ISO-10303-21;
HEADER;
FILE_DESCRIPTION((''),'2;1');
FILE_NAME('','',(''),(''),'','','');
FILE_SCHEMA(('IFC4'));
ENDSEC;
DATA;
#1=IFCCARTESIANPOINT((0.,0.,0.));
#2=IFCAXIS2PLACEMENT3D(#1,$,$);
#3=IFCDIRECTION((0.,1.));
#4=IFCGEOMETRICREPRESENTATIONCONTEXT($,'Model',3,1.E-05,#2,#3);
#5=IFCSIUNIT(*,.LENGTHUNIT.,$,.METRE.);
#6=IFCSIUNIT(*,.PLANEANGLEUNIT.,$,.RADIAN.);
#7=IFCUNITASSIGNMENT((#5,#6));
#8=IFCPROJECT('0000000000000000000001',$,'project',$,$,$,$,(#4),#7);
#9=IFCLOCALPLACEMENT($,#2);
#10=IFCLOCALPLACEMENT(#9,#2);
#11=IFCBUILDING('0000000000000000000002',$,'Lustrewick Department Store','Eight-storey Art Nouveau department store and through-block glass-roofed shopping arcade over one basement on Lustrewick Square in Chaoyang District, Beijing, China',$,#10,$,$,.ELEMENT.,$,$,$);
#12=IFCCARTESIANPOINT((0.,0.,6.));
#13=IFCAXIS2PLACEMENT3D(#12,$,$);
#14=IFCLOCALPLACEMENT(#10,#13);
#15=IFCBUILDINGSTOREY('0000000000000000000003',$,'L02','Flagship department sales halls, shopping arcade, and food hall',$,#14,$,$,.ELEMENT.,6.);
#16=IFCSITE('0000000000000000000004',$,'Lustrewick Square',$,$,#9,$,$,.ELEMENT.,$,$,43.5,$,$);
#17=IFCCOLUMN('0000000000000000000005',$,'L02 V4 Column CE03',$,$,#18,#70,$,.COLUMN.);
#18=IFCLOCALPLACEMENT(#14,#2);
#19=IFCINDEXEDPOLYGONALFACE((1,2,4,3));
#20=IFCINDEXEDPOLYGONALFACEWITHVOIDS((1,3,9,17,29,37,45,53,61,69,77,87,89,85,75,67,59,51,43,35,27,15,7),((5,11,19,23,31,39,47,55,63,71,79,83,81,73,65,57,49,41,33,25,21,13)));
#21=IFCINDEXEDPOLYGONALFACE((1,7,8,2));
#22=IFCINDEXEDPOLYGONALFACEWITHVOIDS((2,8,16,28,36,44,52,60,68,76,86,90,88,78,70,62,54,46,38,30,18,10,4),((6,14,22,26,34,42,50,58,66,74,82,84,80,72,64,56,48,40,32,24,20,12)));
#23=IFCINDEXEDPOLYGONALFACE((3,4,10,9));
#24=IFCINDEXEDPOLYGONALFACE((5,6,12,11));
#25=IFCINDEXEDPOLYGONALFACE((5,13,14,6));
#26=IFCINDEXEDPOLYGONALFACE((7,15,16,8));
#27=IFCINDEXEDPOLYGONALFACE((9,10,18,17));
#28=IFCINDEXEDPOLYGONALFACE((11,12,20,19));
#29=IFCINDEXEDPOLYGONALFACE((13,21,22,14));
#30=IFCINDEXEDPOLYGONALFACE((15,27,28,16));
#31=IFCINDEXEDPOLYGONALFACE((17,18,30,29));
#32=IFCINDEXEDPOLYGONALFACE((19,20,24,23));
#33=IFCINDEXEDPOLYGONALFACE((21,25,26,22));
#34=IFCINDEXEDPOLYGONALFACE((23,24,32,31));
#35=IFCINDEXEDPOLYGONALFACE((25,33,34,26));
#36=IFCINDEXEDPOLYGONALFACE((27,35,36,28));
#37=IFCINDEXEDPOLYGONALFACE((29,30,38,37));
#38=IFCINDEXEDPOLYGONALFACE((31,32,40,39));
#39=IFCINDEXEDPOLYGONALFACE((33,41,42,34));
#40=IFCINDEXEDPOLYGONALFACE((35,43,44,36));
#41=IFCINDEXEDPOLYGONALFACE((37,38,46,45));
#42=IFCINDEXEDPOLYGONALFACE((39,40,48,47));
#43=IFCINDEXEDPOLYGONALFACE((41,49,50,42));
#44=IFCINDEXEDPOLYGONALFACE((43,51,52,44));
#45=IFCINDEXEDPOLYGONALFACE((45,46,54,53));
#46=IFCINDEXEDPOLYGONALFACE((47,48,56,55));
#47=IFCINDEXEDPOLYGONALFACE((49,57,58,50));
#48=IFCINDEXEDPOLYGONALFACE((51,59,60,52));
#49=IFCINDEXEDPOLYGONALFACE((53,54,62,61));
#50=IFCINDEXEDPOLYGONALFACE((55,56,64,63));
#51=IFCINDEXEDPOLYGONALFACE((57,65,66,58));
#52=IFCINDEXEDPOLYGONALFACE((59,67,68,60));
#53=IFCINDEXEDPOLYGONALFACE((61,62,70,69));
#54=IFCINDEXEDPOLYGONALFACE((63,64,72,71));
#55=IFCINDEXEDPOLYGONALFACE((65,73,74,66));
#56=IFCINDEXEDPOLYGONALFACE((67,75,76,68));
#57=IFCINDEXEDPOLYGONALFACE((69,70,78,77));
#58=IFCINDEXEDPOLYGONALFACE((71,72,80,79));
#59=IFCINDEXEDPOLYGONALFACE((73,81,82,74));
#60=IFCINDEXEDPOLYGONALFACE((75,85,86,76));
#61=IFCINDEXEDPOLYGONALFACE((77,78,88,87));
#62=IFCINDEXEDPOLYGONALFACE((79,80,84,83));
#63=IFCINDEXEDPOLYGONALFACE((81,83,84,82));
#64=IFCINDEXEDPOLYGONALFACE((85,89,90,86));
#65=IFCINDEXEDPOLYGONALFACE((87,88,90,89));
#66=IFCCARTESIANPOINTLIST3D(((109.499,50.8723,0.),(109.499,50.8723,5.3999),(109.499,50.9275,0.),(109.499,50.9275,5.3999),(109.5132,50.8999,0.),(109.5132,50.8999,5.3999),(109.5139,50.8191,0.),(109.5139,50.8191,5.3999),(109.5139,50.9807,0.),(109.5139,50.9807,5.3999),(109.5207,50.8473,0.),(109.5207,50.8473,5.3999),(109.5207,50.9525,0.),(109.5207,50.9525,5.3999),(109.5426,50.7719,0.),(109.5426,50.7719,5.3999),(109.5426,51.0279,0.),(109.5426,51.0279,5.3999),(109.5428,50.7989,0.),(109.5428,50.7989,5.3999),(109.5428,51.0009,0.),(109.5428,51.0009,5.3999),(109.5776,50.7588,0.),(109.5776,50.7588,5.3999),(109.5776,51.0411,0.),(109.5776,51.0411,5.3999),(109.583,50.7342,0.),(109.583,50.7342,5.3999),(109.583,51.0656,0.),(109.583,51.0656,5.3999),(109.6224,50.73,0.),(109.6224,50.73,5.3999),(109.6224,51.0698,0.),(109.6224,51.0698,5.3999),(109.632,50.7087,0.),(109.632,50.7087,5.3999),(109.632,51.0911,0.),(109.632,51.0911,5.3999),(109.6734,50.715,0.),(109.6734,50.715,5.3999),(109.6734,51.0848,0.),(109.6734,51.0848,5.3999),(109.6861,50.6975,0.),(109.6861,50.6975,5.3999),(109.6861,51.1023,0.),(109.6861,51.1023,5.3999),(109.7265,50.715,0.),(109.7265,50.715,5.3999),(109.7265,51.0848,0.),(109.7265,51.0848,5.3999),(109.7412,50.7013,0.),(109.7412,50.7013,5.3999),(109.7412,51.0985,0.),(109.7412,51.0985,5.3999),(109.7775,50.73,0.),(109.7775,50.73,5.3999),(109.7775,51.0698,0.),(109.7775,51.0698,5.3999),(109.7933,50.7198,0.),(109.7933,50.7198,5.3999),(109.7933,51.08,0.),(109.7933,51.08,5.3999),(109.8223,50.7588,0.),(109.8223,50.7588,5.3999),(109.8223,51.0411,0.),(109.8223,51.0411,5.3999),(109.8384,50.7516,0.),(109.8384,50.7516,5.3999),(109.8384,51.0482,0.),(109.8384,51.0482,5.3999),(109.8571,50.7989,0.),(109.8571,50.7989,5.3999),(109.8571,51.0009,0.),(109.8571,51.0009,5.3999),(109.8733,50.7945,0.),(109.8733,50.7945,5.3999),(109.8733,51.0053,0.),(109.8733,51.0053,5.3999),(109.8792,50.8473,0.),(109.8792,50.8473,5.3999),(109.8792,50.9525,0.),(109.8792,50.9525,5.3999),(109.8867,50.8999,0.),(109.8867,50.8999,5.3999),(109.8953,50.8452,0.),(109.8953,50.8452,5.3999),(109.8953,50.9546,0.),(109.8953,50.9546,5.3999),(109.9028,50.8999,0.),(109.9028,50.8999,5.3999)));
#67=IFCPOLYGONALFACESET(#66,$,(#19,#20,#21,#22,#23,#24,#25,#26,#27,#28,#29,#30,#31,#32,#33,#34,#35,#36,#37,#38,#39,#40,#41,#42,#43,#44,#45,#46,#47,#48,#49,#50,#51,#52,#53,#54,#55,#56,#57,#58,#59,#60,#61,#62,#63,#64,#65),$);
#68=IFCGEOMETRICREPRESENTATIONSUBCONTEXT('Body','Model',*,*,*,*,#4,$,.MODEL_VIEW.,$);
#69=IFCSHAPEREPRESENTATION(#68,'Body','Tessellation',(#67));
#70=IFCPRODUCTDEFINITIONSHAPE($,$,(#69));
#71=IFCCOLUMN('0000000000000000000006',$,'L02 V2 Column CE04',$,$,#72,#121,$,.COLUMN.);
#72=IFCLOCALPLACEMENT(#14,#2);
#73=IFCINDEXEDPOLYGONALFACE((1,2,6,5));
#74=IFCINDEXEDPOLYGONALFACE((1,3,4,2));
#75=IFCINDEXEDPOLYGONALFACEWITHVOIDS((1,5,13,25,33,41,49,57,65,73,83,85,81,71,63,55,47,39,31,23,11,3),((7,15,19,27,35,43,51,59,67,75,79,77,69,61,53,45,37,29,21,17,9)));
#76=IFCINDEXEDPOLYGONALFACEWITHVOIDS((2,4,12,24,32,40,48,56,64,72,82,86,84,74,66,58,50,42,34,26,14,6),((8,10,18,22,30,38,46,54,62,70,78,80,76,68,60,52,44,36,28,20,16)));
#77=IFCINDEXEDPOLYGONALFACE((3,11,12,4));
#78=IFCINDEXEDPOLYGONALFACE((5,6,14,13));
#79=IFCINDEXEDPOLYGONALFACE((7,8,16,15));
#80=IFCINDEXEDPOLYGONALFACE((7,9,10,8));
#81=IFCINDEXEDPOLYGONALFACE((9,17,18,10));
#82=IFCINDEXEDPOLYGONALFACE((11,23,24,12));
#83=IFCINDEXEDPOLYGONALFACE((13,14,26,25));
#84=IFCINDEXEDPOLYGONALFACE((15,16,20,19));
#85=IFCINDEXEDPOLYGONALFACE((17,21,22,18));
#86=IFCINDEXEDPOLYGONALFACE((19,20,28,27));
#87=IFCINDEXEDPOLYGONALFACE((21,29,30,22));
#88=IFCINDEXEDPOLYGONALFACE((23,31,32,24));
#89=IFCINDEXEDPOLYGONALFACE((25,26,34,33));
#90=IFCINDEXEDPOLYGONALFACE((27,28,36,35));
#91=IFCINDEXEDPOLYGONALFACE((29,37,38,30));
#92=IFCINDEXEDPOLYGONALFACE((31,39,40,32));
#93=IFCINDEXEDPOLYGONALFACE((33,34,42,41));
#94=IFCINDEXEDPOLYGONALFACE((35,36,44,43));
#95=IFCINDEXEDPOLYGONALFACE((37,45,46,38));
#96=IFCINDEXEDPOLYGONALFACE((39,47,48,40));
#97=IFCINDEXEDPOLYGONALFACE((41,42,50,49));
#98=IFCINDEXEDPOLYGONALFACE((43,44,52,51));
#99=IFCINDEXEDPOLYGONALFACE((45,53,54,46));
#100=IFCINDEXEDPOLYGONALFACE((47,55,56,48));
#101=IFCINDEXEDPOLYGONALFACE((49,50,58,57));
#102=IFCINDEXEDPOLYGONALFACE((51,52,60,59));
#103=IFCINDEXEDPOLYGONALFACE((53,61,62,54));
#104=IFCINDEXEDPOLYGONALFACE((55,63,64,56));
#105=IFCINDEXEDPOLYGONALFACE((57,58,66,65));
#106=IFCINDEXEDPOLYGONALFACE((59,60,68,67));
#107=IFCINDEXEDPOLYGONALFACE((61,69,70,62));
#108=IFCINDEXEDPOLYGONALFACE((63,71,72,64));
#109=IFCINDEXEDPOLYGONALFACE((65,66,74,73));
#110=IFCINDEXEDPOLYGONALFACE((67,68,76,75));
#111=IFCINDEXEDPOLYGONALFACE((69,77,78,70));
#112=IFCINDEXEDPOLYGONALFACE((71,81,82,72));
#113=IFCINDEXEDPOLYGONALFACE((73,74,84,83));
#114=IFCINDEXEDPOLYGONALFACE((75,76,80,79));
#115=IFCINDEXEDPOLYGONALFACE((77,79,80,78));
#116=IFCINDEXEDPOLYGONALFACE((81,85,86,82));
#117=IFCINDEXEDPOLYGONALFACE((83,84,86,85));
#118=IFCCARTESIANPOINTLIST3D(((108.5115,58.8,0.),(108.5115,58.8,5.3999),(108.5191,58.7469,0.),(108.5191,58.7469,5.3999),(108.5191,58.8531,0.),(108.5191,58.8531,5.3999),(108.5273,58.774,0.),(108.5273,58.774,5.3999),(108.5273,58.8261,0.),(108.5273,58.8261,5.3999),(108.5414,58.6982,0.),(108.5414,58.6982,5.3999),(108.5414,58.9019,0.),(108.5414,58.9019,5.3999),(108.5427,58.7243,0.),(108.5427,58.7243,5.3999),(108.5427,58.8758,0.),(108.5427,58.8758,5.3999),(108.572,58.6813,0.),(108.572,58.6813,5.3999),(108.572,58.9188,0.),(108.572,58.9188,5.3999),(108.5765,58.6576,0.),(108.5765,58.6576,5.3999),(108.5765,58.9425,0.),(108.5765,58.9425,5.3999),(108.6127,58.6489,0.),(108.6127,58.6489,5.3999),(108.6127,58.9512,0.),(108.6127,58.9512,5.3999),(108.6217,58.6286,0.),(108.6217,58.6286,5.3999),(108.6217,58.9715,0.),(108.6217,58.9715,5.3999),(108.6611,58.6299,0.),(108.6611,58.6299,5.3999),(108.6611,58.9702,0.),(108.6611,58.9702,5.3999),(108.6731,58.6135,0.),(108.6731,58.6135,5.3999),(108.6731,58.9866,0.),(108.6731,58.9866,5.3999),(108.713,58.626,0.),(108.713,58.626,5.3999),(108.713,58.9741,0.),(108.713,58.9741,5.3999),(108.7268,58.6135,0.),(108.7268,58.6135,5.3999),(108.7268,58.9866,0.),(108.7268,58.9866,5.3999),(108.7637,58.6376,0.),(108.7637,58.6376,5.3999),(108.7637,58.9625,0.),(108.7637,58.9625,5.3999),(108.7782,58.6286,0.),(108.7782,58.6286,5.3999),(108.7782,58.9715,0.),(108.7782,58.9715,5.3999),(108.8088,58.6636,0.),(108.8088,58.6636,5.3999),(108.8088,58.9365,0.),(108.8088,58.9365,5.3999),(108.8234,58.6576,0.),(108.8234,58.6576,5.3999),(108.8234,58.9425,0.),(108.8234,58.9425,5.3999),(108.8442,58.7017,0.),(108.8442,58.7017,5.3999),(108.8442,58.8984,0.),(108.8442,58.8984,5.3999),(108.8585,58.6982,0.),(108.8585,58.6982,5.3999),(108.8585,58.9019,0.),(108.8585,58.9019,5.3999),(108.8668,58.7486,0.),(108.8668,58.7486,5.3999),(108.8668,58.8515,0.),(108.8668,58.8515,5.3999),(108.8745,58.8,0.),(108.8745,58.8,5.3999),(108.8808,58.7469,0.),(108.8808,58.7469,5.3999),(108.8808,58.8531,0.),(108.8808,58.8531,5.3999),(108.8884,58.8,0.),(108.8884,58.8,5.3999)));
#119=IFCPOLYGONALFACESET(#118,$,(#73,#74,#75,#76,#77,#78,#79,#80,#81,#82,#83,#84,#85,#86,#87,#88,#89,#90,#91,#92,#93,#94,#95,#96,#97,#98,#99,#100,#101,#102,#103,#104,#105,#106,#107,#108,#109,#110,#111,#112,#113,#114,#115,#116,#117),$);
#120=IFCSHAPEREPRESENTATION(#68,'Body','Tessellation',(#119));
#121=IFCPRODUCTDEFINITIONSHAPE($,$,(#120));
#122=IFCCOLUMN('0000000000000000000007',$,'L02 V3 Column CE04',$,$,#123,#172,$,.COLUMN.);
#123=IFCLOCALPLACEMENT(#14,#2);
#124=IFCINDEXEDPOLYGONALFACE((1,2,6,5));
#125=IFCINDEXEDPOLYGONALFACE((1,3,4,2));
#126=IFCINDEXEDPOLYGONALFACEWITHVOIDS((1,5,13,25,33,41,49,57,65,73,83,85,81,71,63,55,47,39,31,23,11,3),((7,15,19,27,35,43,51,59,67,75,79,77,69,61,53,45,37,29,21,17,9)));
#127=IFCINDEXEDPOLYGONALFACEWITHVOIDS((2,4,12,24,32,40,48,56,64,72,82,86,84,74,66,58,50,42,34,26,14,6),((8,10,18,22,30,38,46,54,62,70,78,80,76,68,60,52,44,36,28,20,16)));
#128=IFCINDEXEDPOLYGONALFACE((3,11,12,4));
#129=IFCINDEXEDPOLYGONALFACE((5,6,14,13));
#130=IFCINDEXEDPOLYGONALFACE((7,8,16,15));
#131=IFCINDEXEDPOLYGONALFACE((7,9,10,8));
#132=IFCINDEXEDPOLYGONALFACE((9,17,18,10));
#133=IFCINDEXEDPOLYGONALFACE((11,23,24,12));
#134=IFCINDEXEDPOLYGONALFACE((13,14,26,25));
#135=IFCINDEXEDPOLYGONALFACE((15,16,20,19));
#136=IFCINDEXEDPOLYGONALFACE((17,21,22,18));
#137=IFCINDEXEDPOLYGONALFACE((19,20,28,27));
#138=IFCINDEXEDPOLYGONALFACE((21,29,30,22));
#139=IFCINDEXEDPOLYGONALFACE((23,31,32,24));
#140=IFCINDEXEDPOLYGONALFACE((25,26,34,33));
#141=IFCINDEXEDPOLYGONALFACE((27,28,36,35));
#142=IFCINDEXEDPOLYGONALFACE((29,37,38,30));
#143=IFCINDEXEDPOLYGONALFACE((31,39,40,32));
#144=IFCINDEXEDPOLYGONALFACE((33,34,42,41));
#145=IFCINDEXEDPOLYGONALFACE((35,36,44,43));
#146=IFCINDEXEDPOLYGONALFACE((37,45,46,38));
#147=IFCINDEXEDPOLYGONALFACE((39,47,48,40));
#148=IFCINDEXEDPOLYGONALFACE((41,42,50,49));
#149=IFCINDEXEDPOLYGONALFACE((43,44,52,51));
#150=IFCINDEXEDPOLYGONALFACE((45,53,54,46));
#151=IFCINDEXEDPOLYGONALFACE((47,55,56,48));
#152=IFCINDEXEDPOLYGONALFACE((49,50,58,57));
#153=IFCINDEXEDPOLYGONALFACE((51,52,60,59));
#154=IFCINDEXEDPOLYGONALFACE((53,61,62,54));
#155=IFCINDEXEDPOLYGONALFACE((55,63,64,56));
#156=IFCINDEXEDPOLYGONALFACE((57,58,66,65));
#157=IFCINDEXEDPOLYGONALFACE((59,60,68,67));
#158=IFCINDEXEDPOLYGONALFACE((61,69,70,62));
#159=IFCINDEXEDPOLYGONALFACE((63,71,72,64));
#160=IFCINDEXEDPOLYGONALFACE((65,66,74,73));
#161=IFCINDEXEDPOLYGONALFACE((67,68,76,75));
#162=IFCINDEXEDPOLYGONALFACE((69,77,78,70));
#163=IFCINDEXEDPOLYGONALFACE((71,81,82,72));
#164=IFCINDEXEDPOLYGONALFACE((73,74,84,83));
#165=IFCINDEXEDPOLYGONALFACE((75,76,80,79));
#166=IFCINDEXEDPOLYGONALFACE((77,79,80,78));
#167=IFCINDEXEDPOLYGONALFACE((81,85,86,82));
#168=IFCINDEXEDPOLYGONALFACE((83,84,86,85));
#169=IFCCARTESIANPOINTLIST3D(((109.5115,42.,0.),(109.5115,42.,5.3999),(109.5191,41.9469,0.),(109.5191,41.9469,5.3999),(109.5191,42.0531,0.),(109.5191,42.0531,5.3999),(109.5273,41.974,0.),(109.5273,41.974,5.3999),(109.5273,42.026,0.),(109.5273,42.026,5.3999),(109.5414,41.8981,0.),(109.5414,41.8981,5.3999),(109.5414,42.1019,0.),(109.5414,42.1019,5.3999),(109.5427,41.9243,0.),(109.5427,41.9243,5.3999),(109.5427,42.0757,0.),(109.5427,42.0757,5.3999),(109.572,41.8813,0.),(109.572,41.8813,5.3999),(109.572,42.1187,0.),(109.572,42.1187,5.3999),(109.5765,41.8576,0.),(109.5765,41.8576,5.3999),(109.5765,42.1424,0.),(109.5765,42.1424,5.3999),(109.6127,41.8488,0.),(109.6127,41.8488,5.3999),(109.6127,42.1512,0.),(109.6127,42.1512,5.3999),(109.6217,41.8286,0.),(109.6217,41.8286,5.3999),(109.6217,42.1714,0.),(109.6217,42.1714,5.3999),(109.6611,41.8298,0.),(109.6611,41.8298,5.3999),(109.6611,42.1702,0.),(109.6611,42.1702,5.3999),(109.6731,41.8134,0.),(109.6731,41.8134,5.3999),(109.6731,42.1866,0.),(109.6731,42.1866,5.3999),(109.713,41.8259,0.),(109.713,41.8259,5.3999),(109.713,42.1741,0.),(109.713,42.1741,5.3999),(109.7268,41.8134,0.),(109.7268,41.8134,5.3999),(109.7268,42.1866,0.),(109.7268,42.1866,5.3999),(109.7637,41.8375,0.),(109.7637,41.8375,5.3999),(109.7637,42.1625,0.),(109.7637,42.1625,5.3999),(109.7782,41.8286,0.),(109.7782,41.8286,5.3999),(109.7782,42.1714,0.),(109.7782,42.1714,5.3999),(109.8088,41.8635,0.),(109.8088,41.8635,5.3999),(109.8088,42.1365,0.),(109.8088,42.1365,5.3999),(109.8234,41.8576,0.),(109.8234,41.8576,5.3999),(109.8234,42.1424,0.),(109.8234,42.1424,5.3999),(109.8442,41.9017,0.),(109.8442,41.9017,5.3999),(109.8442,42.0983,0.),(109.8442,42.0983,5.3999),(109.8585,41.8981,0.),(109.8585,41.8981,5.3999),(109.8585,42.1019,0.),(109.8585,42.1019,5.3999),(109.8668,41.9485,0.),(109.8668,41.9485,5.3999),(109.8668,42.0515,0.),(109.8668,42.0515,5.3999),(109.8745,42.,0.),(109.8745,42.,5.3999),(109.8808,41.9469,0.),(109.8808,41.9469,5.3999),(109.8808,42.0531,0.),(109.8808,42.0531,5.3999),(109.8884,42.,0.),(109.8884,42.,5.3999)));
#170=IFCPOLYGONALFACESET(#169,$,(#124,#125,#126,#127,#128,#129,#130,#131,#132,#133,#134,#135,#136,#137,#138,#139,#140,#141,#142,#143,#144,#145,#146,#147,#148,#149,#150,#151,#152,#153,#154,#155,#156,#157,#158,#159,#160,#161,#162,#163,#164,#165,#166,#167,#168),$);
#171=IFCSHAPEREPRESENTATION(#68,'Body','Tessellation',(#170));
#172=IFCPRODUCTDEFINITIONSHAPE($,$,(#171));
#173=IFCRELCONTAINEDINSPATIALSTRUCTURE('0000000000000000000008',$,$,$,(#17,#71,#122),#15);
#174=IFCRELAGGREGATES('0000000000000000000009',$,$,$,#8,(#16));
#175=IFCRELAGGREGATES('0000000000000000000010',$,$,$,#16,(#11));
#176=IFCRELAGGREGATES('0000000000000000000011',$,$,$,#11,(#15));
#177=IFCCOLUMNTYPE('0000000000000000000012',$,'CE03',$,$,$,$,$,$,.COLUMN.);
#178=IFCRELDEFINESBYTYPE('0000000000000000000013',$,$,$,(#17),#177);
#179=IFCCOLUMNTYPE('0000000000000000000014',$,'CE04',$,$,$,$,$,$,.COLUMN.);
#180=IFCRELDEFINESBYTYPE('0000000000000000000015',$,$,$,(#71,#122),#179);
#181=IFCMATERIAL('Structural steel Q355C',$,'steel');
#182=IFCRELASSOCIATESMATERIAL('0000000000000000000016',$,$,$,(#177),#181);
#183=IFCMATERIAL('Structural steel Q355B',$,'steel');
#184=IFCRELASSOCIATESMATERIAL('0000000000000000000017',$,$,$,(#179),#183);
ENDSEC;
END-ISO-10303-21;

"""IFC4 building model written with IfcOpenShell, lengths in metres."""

from ifc_helpers import new_model, si_unit, direction, frame, origin, origin_2d, place, context, subcontext, project, spatial, hollow_circle, extrude, material, material_profile, profile_set, type_object, element, save


model = new_model("IFC4")

# Units and contexts
model_context = context("Model", 3, precision=1e-05, world=origin(), true_north=direction((0.0, 1.0)))
body_context = subcontext(model_context, "Body", "Model", "MODEL_VIEW")
ifc_project = project(units=[si_unit("LENGTHUNIT", "METRE"), si_unit("PLANEANGLEUNIT", "RADIAN")], contexts=[model_context])

# Site, building, storey
site_placement = place(None, origin())
site = spatial("IfcSite", under=ifc_project, at=site_placement, Name="Lustrewick Square", CompositionType="ELEMENT", RefElevation=43.5)
building_placement = place(site_placement, origin())
building = spatial("IfcBuilding", under=site, at=building_placement, Name="Lustrewick Department Store", Description="Eight-storey Art Nouveau department store and through-block glass-roofed shopping arcade over one basement on Lustrewick Square in Chaoyang District, Beijing, China", CompositionType="ELEMENT")
storey_placement = place(building_placement, frame((0.0, 0.0, 6.0)))
storey = spatial("IfcBuildingStorey", under=building, at=storey_placement, Name="L02", Description="Flagship department sales halls, shopping arcade, and food hall", CompositionType="ELEMENT", Elevation=6.0)

# Columns
ifc_material_1 = material(Name="Structural steel Q355C", Category="steel")
ifc_material_profile_1 = material_profile(ifc_material_1, hollow_circle(Radius=0.2029, WallThickness=0.0161, at=origin_2d()), Name="CHS 406x16")
ifc_profile_set_1 = profile_set([ifc_material_profile_1], Name="Structural steel Q355C")
column_type_1 = type_object("IfcColumnType", Name="CE03", PredefinedType="COLUMN", material=ifc_profile_set_1)
column_placement = place(storey_placement, frame((109.7, 50.8999, 0.0), z_axis=(0.0, 0.0, 1.0), x_axis=(1.0, 0.0, 0.0)))
element("IfcColumn", 1, at=column_placement, inside=storey, type_object=column_type_1, Name="L02 V4 Column CE03", PredefinedType="COLUMN", context=body_context, shape_type="SweptSolid", body=[
    extrude(hollow_circle(Radius=0.2029, WallThickness=0.0161, at=origin_2d()), origin(), (0.0, 0.0, 1.0), 5.3999),
])
ifc_material_2 = material(Name="Structural steel Q355B", Category="steel")
ifc_material_profile_2 = material_profile(ifc_material_2, hollow_circle(Radius=0.1885, WallThickness=0.0139, at=origin_2d()), Name="CHS 377x14")
ifc_profile_set_2 = profile_set([ifc_material_profile_2], Name="Structural steel Q355B")
column_type_2 = type_object("IfcColumnType", Name="CE04", PredefinedType="COLUMN", material=ifc_profile_set_2)
for number, where, z_axis, x_axis, name in (
    (2, (108.7, 58.8, 0.0), (0.0, 0.0, 1.0), (1.0, 0.0, 0.0), "L02 V2 Column CE04"),
    (3, (109.7, 42.0, 0.0), (0.0, 0.0, 1.0), (1.0, 0.0, 0.0), "L02 V3 Column CE04"),
):
    element("IfcColumn", number, at=place(storey_placement, frame(where, z_axis=z_axis, x_axis=x_axis)), inside=storey, type_object=column_type_2, Name=name, PredefinedType="COLUMN", context=body_context, shape_type="SweptSolid", body=[
        extrude(hollow_circle(Radius=0.1885, WallThickness=0.0139, at=origin_2d()), origin(), (0.0, 0.0, 1.0), 5.3999),
    ])

save(model, "model.ifc")
